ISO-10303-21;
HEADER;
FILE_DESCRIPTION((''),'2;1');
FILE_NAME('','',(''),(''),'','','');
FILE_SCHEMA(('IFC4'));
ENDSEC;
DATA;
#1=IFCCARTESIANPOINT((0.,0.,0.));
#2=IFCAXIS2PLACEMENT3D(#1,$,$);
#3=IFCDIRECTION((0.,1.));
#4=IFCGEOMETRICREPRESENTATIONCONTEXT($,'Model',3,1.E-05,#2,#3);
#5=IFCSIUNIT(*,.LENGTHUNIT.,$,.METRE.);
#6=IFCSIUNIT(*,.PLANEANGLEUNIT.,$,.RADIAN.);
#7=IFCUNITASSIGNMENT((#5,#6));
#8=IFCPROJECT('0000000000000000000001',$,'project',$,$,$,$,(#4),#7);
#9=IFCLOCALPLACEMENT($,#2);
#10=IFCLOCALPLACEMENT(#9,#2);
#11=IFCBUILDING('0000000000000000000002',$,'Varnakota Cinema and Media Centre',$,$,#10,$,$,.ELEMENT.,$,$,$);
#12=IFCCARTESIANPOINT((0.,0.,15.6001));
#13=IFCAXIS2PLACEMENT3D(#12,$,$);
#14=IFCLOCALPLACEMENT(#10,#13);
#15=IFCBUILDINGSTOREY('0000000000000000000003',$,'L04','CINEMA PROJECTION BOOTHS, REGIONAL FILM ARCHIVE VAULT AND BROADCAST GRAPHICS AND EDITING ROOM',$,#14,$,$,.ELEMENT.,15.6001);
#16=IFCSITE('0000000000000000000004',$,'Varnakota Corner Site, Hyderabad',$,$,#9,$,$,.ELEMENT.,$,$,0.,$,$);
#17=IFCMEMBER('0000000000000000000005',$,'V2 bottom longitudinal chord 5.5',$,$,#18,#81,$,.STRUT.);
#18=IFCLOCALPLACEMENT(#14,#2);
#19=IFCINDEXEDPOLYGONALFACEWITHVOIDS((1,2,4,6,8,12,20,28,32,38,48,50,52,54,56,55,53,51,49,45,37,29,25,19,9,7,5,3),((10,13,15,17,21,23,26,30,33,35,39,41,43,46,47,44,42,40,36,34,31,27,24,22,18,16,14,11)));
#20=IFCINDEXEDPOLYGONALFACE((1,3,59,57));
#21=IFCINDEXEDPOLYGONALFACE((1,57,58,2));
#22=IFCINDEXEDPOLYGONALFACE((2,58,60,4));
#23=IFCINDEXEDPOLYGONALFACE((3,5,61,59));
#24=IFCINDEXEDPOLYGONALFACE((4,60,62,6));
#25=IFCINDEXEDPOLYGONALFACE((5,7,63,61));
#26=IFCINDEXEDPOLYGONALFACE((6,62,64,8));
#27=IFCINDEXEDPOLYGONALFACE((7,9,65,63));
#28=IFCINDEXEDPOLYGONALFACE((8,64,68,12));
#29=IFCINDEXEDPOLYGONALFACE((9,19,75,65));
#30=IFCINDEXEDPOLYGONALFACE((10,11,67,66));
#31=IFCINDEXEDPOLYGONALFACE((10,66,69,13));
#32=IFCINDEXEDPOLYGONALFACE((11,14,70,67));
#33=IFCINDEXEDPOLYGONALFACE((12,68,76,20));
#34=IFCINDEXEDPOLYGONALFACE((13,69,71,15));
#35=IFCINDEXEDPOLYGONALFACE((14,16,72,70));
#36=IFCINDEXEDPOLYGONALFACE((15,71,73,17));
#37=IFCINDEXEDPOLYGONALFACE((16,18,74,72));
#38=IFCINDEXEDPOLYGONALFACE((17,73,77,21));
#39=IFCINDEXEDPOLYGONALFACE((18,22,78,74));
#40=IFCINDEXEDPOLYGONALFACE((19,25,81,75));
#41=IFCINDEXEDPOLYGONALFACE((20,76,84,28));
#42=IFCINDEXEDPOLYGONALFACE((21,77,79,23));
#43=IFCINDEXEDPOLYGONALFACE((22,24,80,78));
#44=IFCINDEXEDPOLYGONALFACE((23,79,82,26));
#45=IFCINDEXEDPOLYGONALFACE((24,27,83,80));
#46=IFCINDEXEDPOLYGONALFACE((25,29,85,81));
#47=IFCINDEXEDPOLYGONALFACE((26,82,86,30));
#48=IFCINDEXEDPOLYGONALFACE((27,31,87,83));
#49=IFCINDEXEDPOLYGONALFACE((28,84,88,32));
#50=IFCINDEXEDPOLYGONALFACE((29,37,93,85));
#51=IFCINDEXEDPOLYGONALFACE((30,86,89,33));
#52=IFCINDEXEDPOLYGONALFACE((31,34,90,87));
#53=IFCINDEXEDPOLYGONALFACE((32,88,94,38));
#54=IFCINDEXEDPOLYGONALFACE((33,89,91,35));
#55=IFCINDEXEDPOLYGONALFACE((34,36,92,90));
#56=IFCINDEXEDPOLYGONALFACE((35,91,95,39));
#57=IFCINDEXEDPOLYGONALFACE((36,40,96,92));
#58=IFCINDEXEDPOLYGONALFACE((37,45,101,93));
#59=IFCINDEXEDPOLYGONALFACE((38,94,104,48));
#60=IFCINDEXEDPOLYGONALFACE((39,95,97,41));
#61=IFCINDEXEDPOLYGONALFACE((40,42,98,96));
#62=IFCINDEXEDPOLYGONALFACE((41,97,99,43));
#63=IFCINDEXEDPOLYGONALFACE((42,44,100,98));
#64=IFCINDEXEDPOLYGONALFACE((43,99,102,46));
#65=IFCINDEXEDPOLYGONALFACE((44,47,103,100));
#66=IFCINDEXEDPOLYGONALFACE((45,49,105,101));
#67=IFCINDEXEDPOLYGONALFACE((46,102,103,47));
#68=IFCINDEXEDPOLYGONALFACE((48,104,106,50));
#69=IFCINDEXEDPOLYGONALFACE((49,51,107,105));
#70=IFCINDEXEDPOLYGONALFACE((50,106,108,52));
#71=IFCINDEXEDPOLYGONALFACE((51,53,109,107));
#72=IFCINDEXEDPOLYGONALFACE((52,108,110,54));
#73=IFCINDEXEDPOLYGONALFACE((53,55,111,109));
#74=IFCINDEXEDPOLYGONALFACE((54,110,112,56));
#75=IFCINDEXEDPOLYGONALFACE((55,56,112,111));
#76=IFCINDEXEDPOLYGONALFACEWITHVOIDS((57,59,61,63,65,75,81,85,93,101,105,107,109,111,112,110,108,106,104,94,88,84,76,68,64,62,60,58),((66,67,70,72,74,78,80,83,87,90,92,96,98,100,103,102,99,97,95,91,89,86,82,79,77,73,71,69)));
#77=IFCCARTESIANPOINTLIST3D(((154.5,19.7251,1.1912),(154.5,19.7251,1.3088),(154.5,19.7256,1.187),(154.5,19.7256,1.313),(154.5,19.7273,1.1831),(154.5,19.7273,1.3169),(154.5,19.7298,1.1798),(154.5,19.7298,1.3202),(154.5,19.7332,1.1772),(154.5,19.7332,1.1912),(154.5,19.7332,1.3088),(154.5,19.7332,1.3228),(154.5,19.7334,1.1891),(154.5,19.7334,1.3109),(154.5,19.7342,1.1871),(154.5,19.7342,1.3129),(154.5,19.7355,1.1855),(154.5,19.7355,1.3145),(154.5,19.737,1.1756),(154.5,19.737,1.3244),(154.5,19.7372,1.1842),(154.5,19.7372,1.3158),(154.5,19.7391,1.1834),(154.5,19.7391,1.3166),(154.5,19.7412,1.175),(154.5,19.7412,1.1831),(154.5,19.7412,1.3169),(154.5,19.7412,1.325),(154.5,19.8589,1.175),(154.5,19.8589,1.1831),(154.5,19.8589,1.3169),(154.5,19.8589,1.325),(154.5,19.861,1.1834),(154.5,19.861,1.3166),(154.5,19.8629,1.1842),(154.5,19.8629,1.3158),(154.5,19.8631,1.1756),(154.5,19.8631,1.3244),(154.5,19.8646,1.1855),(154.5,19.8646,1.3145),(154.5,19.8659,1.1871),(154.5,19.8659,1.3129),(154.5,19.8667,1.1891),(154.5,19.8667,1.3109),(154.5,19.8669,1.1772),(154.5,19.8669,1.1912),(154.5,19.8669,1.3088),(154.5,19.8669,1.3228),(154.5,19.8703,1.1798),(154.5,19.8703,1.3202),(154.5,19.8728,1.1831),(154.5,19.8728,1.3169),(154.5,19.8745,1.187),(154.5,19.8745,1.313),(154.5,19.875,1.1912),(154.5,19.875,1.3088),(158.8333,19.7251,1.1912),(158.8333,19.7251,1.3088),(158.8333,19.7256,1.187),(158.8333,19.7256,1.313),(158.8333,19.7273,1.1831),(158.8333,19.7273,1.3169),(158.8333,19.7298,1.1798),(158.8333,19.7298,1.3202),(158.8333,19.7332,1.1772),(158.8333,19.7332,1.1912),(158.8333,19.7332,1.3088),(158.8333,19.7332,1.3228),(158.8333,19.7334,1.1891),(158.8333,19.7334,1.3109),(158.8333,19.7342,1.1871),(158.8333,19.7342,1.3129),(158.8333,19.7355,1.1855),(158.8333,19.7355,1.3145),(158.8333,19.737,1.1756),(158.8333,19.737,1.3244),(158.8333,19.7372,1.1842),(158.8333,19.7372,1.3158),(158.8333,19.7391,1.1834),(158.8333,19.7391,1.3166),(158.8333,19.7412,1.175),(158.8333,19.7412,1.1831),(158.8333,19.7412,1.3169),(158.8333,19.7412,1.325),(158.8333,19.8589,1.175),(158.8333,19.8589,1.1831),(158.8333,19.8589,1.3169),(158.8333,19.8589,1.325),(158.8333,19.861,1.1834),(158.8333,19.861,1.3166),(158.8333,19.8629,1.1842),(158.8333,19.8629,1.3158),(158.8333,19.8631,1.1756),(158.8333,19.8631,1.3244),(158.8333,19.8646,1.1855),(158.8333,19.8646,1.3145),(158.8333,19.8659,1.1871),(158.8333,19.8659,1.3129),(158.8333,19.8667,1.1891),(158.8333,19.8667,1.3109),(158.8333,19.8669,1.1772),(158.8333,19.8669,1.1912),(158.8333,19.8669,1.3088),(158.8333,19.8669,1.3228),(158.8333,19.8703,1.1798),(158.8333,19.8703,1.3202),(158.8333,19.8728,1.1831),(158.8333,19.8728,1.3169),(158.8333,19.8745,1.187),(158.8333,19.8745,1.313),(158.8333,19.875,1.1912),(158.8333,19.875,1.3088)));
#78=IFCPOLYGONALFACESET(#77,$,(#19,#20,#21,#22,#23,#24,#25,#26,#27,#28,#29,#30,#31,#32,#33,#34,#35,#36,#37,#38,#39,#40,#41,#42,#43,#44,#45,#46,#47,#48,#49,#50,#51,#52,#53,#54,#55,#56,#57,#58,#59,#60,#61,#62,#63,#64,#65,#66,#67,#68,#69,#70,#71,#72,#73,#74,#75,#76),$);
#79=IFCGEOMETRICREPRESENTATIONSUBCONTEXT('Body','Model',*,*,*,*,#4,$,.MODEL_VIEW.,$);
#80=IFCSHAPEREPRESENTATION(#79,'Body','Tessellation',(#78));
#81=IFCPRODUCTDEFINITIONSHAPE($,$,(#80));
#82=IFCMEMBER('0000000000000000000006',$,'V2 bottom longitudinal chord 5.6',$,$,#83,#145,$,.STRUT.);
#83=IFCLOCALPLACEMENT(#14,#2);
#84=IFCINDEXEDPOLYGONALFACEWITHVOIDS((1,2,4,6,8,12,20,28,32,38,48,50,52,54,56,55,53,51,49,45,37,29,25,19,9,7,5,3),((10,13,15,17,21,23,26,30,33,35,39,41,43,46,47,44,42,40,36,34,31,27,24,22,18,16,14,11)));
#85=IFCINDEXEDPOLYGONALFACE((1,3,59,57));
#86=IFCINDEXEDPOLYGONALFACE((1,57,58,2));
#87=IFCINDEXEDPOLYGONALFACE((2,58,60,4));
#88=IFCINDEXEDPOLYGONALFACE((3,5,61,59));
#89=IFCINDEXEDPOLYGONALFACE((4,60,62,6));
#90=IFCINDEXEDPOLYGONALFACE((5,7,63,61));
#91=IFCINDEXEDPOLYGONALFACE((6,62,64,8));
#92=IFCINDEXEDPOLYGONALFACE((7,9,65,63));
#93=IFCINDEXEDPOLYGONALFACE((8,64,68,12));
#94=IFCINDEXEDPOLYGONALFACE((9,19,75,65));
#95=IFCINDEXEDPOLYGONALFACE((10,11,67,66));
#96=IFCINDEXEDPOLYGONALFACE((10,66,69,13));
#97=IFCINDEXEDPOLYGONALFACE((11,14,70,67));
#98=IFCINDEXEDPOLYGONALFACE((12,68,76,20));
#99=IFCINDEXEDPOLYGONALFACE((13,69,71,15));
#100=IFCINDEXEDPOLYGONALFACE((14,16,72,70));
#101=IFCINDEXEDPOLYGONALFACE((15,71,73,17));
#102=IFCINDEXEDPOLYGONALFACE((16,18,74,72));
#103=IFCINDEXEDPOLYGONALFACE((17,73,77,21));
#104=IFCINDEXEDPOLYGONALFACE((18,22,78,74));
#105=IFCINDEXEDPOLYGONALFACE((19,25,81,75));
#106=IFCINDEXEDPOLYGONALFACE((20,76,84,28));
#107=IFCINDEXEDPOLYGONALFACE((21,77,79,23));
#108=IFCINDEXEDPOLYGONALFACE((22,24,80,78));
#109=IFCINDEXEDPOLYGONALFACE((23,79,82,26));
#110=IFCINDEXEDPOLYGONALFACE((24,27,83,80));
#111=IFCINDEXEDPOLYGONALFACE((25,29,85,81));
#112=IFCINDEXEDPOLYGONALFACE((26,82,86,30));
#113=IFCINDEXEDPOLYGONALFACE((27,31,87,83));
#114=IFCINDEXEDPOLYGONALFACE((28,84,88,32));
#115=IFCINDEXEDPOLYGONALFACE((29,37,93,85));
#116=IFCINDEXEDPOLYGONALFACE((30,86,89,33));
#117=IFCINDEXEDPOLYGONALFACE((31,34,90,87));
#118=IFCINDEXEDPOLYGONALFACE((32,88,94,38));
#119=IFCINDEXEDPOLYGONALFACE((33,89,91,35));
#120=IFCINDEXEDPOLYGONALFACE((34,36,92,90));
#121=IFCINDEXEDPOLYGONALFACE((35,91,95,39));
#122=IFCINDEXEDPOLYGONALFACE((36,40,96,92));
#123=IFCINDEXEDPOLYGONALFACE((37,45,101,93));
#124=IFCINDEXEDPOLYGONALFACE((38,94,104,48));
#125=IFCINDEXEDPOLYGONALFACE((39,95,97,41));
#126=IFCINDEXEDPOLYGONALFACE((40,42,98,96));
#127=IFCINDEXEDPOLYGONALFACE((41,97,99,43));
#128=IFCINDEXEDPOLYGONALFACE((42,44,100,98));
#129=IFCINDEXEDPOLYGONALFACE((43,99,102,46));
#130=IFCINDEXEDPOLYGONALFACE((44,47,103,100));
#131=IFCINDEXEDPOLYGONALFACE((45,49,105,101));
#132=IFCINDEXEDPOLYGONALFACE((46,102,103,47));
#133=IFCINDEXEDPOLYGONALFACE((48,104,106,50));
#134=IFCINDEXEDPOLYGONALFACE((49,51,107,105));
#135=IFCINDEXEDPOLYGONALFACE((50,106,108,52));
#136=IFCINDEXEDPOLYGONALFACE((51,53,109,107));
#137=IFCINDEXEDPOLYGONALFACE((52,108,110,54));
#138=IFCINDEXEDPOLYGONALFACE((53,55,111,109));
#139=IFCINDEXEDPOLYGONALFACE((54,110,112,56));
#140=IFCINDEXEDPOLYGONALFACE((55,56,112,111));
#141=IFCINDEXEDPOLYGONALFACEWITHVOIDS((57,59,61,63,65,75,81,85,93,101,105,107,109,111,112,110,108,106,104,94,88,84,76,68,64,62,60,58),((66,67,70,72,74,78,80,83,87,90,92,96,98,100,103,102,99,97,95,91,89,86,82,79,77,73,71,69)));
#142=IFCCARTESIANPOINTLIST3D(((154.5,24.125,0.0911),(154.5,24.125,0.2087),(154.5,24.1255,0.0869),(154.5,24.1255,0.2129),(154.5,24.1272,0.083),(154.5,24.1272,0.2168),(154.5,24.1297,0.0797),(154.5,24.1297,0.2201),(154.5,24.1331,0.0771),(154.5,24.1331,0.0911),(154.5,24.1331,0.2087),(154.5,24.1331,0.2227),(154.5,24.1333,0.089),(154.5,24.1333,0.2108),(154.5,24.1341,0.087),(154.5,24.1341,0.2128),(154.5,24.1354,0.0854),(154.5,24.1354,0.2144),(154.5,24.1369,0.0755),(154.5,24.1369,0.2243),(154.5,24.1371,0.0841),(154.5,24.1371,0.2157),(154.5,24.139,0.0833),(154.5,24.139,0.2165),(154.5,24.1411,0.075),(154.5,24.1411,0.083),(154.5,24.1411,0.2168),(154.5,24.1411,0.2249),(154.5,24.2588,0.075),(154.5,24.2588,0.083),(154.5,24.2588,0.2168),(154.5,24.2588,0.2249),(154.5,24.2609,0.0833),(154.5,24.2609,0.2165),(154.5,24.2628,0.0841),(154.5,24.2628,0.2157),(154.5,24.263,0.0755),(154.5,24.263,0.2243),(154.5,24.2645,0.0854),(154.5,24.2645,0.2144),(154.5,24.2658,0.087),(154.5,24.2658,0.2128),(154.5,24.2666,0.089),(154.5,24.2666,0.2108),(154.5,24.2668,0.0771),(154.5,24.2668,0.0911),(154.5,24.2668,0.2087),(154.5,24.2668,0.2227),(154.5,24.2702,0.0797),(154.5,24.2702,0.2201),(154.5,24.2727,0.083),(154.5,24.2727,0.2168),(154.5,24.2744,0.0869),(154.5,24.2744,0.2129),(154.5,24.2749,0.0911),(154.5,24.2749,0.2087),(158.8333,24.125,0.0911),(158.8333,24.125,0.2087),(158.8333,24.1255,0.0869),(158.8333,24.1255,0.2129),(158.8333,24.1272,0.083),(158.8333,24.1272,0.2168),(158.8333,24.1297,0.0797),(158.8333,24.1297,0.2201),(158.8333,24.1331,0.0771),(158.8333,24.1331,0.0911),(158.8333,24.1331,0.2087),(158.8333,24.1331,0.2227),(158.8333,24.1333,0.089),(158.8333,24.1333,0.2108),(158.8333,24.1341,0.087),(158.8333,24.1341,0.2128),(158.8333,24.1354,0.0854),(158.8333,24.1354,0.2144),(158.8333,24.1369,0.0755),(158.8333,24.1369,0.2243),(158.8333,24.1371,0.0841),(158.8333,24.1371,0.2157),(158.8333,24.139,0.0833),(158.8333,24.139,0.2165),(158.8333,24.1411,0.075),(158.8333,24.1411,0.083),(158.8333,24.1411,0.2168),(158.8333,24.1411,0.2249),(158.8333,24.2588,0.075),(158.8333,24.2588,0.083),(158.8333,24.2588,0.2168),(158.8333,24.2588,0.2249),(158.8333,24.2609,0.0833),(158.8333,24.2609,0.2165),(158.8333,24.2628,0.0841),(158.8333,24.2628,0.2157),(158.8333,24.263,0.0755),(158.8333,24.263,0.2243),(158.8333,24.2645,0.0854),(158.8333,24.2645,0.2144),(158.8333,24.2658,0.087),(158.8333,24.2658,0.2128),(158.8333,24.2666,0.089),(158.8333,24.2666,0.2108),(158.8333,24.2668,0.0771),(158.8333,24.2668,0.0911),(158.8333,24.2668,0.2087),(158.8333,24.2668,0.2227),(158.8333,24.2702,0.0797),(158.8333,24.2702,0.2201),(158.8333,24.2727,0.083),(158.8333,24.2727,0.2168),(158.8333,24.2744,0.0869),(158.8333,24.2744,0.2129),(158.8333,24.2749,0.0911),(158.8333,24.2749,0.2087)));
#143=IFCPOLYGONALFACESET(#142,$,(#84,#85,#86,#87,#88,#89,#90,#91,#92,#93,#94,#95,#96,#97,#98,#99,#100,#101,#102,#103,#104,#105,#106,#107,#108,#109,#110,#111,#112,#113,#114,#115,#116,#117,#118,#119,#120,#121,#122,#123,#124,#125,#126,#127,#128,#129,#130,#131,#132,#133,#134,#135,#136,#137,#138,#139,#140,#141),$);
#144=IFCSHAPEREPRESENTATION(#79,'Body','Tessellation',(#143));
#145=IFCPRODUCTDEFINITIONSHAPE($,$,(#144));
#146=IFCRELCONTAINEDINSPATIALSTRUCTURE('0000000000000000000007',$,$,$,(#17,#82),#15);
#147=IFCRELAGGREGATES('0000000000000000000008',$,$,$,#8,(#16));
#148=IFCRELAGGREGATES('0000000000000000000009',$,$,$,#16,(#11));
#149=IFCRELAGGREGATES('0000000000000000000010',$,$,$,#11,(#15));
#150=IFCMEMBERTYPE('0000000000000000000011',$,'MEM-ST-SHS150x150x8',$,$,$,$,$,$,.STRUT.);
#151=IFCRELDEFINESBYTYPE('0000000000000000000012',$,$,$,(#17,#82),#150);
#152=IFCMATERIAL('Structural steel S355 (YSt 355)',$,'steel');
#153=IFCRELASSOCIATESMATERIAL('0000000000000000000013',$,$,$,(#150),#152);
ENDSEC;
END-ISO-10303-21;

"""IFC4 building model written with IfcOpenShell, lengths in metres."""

from ifc_helpers import new_model, si_unit, direction, frame, origin, origin_2d, place, context, subcontext, project, spatial, hollow_rectangle, extrude, material, material_profile, profile_set, type_object, element, save


model = new_model("IFC4")

# Units and contexts
model_context = context("Model", 3, precision=1e-05, world=origin(), true_north=direction((0.0, 1.0)))
body_context = subcontext(model_context, "Body", "Model", "MODEL_VIEW")
ifc_project = project(units=[si_unit("LENGTHUNIT", "METRE"), si_unit("PLANEANGLEUNIT", "RADIAN")], contexts=[model_context])

# Site, building, storey
site_placement = place(None, origin())
site = spatial("IfcSite", under=ifc_project, at=site_placement, Name="Varnakota Corner Site, Hyderabad", CompositionType="ELEMENT", RefElevation=0.0)
building_placement = place(site_placement, origin())
building = spatial("IfcBuilding", under=site, at=building_placement, Name="Varnakota Cinema and Media Centre", CompositionType="ELEMENT")
storey_placement = place(building_placement, frame((0.0, 0.0, 15.6001)))
storey = spatial("IfcBuildingStorey", under=building, at=storey_placement, Name="L04", Description="CINEMA PROJECTION BOOTHS, REGIONAL FILM ARCHIVE VAULT AND BROADCAST GRAPHICS AND EDITING ROOM", CompositionType="ELEMENT", Elevation=15.6001)

# Members
ifc_material_1 = material(Name="Structural steel S355 (YSt 355)", Category="steel")
ifc_material_profile_1 = material_profile(ifc_material_1, hollow_rectangle(XDim=0.1499, YDim=0.1499, WallThickness=0.0081, InnerFilletRadius=0.0081, OuterFilletRadius=0.0161, at=origin_2d()), Name="SHS 150x150x8")
ifc_profile_set_1 = profile_set([ifc_material_profile_1], Name="Structural steel S355 (YSt 355)")
member_type_1 = type_object("IfcMemberType", Name="MEM-ST-SHS150x150x8", PredefinedType="STRUT", material=ifc_profile_set_1)
for number, where, z_axis, x_axis, name in (
    (1, (154.5, 19.8, 1.25), (1.0, 0.0, 0.0), (0.0, 1.0, 0.0), "V2 bottom longitudinal chord 5.5"),
    (2, (154.5, 24.2, 0.1499), (1.0, 0.0, 0.0), (0.0, 1.0, 0.0), "V2 bottom longitudinal chord 5.6"),
):
    element("IfcMember", number, at=place(storey_placement, frame(where, z_axis=z_axis, x_axis=x_axis)), inside=storey, type_object=member_type_1, Name=name, PredefinedType="STRUT", context=body_context, shape_type="SweptSolid", body=[
        extrude(hollow_rectangle(XDim=0.1499, YDim=0.1499, WallThickness=0.0081, InnerFilletRadius=0.0081, OuterFilletRadius=0.0161, at=origin_2d()), origin(), (0.0, 0.0, 1.0), 4.3333),
    ])

save(model, "model.ifc")
